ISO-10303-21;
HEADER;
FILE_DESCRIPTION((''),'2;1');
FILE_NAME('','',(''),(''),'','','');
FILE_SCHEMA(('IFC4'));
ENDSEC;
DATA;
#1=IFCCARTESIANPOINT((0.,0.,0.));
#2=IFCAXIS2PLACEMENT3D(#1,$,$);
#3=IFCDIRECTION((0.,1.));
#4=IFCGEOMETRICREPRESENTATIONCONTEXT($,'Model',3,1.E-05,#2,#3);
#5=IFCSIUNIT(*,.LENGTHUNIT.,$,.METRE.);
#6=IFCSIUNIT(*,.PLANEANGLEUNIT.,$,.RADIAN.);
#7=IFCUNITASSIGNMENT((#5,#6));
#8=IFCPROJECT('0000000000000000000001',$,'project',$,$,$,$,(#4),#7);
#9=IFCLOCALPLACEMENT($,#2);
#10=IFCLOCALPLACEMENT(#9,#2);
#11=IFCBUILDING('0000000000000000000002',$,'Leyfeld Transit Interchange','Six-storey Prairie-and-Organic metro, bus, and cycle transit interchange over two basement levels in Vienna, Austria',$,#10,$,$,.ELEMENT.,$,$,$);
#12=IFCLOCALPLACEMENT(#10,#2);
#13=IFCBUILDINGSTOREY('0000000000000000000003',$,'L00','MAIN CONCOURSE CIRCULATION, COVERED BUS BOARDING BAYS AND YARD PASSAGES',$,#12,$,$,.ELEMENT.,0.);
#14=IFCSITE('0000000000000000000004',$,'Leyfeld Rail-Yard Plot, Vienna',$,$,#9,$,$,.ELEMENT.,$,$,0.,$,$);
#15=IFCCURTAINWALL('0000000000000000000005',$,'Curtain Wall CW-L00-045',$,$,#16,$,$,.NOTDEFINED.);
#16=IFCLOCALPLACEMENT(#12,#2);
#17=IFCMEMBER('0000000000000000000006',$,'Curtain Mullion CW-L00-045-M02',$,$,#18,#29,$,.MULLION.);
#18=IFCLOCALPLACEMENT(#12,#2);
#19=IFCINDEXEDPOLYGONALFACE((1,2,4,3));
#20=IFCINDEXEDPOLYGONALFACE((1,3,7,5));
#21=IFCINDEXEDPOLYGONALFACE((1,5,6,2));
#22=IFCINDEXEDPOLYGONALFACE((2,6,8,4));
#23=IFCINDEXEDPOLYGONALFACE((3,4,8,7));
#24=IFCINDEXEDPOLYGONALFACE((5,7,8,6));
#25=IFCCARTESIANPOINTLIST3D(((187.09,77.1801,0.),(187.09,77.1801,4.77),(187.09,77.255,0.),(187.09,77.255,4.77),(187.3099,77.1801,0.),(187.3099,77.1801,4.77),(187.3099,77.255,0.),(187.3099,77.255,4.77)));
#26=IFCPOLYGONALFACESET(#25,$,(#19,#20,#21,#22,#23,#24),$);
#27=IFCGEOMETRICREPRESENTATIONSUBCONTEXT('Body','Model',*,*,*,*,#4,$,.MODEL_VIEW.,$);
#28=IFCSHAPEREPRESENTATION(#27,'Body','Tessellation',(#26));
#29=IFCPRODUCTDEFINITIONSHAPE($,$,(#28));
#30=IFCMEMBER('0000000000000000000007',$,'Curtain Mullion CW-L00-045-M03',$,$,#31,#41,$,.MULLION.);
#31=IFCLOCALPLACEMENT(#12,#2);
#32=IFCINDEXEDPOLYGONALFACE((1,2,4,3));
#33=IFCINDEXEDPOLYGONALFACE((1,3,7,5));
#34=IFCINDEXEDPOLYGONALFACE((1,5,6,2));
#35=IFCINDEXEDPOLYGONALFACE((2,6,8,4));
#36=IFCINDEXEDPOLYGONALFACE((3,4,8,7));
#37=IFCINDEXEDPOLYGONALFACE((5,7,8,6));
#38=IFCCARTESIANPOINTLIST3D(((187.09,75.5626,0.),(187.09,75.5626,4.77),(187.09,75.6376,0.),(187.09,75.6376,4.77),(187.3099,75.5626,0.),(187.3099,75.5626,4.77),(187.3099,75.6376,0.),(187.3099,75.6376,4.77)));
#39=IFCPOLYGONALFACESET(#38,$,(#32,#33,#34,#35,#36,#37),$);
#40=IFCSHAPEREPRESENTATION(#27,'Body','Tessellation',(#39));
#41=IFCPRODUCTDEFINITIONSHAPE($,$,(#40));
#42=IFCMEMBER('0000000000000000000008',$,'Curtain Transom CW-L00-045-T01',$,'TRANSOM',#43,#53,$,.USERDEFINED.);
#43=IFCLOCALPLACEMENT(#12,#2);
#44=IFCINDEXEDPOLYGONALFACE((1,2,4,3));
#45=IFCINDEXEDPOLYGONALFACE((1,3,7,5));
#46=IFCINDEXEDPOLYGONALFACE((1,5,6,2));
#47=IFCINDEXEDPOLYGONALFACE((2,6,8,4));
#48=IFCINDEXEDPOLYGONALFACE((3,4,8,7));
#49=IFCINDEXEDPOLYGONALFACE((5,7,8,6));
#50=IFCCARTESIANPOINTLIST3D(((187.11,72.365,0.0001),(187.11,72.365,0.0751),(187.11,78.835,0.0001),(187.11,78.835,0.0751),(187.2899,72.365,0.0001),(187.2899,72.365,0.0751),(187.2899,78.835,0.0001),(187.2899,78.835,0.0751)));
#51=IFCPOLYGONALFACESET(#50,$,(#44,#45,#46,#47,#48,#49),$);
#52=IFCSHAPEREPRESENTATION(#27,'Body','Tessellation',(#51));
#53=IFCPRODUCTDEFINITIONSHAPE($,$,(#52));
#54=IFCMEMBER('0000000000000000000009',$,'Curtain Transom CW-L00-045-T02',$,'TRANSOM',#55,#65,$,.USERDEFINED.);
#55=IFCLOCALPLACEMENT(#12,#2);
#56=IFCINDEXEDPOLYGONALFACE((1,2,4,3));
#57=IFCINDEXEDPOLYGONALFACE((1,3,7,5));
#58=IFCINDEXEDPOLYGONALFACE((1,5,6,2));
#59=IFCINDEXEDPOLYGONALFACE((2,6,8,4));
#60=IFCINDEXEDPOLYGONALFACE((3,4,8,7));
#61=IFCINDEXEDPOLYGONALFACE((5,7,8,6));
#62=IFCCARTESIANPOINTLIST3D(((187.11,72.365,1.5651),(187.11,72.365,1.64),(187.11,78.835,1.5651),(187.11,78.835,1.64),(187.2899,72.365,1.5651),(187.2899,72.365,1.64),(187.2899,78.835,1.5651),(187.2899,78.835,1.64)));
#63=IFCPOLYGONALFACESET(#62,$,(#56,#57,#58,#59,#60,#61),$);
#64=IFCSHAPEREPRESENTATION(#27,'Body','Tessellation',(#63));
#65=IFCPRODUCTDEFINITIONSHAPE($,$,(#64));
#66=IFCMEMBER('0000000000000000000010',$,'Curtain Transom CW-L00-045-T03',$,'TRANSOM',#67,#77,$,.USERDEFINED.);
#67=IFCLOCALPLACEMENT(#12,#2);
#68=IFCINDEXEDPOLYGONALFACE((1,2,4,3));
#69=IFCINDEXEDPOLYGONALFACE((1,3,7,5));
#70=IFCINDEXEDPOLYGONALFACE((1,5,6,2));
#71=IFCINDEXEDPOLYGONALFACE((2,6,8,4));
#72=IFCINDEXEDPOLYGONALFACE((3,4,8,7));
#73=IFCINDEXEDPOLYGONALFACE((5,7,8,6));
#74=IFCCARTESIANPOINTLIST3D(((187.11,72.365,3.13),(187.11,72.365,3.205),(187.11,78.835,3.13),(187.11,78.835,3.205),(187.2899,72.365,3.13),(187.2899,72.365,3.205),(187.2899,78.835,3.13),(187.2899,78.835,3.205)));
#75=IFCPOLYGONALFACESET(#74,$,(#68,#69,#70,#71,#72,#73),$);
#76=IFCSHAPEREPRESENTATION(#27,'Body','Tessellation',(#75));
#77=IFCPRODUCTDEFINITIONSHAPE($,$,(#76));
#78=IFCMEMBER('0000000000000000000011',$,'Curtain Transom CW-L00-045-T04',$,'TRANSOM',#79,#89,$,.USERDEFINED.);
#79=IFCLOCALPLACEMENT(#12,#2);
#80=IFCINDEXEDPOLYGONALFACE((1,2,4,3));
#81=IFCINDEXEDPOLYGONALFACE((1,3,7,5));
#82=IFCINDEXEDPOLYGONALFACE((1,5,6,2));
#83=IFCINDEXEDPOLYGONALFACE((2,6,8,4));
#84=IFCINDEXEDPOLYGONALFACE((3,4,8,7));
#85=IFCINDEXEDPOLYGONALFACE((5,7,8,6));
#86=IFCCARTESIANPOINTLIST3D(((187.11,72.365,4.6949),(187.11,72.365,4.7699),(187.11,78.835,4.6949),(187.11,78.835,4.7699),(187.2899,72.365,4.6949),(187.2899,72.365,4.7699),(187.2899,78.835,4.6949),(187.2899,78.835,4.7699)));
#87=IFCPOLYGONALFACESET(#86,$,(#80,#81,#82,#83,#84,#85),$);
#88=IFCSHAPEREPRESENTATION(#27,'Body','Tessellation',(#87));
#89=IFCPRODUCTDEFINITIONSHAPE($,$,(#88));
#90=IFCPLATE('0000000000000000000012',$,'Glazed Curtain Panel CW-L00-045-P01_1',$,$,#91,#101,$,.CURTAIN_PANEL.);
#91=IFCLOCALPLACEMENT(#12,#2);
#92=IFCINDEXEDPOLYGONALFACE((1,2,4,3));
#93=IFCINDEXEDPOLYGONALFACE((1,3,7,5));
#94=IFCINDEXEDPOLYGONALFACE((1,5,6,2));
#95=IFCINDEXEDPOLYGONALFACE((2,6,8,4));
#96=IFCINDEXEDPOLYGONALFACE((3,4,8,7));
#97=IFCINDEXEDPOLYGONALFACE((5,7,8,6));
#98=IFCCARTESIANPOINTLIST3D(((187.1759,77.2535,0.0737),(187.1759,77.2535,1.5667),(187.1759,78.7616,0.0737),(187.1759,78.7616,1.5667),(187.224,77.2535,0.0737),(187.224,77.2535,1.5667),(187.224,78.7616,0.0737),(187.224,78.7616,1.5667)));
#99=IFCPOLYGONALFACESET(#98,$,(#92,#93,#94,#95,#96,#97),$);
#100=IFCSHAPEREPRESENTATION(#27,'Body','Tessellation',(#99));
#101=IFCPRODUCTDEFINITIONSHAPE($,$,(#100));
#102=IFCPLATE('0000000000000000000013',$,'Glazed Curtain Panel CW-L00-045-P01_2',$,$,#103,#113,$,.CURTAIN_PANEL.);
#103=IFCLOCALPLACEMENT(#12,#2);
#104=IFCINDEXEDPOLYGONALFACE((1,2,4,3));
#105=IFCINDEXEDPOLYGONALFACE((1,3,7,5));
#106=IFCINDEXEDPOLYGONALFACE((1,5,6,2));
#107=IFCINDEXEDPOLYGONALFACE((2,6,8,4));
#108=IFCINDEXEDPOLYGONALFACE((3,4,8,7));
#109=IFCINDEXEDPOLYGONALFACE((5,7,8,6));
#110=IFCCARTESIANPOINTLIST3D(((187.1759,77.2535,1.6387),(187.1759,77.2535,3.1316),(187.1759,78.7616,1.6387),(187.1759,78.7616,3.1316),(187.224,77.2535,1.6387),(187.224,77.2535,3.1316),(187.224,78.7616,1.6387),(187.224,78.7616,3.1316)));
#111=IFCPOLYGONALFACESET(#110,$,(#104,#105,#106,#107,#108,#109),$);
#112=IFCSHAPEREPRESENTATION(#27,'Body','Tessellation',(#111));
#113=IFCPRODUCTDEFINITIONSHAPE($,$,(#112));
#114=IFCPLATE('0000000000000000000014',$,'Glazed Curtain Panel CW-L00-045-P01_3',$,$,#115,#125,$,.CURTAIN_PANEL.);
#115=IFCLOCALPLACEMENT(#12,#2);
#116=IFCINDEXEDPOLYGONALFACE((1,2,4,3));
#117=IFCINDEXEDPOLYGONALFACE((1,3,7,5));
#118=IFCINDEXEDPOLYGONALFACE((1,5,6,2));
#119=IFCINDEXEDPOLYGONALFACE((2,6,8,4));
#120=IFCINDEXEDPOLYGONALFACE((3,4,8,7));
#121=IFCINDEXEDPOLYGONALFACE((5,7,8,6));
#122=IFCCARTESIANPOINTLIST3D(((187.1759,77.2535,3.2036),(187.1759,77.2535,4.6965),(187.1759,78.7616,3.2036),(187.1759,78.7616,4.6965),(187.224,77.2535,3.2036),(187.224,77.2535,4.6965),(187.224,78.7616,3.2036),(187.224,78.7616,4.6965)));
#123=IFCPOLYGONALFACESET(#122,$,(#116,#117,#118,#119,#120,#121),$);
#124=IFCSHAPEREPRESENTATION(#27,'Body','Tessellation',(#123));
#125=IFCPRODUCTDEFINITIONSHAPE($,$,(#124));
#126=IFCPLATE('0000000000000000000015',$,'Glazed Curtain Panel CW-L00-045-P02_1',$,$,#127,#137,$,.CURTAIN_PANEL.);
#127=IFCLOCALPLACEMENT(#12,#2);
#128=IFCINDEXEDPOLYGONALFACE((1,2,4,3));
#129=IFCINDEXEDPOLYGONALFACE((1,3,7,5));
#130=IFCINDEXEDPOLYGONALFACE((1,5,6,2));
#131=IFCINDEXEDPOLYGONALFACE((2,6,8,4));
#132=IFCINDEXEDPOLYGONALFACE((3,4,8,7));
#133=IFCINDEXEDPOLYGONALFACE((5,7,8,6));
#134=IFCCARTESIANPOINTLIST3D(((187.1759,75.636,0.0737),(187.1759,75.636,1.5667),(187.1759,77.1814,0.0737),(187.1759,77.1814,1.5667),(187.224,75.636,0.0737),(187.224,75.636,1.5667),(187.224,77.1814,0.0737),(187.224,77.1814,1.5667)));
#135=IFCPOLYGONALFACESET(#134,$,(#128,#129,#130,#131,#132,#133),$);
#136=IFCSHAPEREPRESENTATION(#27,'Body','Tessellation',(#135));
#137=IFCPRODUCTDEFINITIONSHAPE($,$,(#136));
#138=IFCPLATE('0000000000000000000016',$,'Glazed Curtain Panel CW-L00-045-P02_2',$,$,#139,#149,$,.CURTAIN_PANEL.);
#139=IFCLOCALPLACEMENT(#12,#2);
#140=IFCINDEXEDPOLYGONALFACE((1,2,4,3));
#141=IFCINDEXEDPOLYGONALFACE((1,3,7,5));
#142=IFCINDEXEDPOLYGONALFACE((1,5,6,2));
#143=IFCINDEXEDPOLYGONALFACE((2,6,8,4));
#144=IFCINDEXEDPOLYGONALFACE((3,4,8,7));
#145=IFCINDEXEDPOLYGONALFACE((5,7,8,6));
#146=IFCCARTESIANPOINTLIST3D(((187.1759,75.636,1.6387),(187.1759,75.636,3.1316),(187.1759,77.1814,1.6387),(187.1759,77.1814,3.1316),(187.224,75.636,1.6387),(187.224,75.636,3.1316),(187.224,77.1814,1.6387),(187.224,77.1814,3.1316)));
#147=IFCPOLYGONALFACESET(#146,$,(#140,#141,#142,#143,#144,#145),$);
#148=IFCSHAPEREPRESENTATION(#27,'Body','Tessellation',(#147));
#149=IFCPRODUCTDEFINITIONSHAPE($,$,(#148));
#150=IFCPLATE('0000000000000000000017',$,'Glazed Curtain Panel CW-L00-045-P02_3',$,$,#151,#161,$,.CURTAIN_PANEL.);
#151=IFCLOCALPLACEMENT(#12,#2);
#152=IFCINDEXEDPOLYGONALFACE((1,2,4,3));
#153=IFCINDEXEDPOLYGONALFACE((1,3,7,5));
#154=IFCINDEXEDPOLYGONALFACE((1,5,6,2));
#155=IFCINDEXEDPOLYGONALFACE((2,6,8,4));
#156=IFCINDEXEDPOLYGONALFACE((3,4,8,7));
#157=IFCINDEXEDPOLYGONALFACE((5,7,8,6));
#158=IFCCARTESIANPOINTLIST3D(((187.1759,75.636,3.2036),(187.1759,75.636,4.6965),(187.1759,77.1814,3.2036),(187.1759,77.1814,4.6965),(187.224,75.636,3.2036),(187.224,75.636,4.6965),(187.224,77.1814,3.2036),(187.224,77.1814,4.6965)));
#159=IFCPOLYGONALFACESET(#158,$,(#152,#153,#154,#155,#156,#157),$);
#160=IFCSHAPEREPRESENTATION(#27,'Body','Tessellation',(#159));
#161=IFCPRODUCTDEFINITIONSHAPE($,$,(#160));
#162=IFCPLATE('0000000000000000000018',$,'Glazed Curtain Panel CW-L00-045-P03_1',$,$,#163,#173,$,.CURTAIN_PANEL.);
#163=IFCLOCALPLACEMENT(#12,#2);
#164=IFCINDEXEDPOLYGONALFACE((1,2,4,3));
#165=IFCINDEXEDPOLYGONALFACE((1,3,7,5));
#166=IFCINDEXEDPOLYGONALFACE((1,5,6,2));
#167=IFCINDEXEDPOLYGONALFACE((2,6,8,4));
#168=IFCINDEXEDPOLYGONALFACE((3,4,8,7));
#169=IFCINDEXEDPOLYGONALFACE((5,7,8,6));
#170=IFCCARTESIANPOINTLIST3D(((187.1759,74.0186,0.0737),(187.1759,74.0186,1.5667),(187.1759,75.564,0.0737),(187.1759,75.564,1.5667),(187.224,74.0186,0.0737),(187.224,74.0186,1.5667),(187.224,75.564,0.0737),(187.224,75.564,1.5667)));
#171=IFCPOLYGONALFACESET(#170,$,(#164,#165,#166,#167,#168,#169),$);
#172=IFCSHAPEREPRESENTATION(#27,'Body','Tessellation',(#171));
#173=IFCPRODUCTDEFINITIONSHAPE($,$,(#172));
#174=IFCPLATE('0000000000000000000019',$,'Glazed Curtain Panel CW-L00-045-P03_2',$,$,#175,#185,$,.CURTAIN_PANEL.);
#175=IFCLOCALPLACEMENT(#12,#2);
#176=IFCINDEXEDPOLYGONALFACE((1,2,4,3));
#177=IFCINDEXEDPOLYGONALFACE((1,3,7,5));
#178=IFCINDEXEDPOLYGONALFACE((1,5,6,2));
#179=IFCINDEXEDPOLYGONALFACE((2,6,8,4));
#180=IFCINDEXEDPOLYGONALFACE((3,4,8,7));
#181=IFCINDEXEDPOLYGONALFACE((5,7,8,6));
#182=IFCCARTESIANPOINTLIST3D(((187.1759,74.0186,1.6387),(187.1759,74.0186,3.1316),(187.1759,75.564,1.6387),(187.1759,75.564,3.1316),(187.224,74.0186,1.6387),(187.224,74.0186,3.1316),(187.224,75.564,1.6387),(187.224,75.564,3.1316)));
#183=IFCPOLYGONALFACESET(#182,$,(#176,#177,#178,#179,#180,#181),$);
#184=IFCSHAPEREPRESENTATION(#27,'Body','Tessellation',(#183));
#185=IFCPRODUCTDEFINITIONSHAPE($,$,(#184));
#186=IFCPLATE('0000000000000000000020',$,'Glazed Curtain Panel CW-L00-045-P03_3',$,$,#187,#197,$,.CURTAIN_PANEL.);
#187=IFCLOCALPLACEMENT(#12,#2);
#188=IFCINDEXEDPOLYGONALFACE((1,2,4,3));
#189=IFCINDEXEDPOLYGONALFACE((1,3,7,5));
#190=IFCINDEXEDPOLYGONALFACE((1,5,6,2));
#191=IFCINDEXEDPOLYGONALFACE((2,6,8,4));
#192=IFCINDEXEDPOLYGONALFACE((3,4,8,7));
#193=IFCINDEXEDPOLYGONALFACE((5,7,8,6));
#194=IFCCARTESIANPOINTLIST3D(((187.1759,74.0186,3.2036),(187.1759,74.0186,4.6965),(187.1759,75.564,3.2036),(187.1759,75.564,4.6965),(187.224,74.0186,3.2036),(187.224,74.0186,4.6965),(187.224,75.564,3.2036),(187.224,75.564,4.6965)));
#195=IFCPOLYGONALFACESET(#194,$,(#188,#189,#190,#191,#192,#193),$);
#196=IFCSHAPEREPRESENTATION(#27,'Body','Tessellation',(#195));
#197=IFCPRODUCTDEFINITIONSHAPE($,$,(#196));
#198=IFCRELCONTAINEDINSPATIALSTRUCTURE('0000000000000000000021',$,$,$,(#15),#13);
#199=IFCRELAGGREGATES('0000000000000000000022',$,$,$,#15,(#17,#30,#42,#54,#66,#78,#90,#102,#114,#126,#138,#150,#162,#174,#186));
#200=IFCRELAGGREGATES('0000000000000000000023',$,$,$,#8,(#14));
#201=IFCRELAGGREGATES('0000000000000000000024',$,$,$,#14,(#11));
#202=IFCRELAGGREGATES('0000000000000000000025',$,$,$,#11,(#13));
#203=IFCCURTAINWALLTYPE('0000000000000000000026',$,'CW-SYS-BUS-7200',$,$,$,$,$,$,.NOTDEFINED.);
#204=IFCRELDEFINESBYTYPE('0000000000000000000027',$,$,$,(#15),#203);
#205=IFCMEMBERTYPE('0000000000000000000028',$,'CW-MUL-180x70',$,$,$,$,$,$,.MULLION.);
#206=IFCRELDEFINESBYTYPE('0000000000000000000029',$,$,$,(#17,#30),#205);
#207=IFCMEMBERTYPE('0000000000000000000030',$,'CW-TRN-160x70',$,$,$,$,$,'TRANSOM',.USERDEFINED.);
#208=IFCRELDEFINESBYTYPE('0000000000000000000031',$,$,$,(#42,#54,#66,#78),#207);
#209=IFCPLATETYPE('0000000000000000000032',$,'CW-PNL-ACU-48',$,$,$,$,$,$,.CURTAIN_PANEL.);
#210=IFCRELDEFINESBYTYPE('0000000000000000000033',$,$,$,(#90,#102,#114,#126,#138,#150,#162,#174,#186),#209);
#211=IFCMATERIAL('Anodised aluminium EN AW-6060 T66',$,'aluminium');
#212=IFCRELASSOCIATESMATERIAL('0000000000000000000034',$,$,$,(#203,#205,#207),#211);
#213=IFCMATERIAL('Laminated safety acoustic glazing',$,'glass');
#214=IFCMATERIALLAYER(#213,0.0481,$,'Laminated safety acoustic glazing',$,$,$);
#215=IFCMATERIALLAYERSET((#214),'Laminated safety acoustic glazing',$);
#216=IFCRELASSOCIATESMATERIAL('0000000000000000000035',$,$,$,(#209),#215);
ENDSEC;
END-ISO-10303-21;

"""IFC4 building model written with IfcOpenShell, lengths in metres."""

from ifc_helpers import new_model, si_unit, direction, frame, origin, origin_2d, place, context, subcontext, project, spatial, rectangle, extrude, material, layer, layer_set, material_profile, profile_set, type_object, element, aggregate, save


model = new_model("IFC4")

# Units and contexts
model_context = context("Model", 3, precision=1e-05, world=origin(), true_north=direction((0.0, 1.0)))
body_context = subcontext(model_context, "Body", "Model", "MODEL_VIEW")
ifc_project = project(units=[si_unit("LENGTHUNIT", "METRE"), si_unit("PLANEANGLEUNIT", "RADIAN")], contexts=[model_context])

# Site, building, storey
site_placement = place(None, origin())
site = spatial("IfcSite", under=ifc_project, at=site_placement, Name="Leyfeld Rail-Yard Plot, Vienna", CompositionType="ELEMENT", RefElevation=0.0)
building_placement = place(site_placement, origin())
building = spatial("IfcBuilding", under=site, at=building_placement, Name="Leyfeld Transit Interchange", Description="Six-storey Prairie-and-Organic metro, bus, and cycle transit interchange over two basement levels in Vienna, Austria", CompositionType="ELEMENT")
storey_placement = place(building_placement, origin())
storey = spatial("IfcBuildingStorey", under=building, at=storey_placement, Name="L00", Description="MAIN CONCOURSE CIRCULATION, COVERED BUS BOARDING BAYS AND YARD PASSAGES", CompositionType="ELEMENT", Elevation=0.0)

# Curtain wall, members, plates
ifc_material_1 = material(Name="Anodised aluminium EN AW-6060 T66", Category="aluminium")
curtain_wall_type = type_object("IfcCurtainWallType", Name="CW-SYS-BUS-7200", PredefinedType="NOTDEFINED", material=ifc_material_1)
curtain_wall_placement = place(storey_placement, origin())
curtain_wall = element("IfcCurtainWall", 1, at=curtain_wall_placement, inside=storey, type_object=curtain_wall_type, Name="Curtain Wall CW-L00-045", PredefinedType="NOTDEFINED")
ifc_material_profile_1 = material_profile(ifc_material_1, rectangle(XDim=0.075, YDim=0.22, at=origin_2d()), Name="CW-M 75x220")
ifc_profile_set_1 = profile_set([ifc_material_profile_1], Name="Anodised aluminium EN AW-6060 T66")
member_type_1 = type_object("IfcMemberType", Name="CW-MUL-180x70", PredefinedType="MULLION", material=ifc_profile_set_1)
member_1_placement = place(storey_placement, frame((187.2, 77.2175, 0.0), z_axis=(0.0, 0.0, 1.0), x_axis=(0.0, -1.0, 0.0)))
member_1 = element("IfcMember", 2, at=member_1_placement, type_object=member_type_1, Name="Curtain Mullion CW-L00-045-M02", PredefinedType="MULLION", context=body_context, shape_type="SweptSolid", body=[
    extrude(rectangle(XDim=0.075, YDim=0.22, at=origin_2d()), origin(), (0.0, 0.0, 1.0), 4.77),
])
member_2_placement = place(storey_placement, frame((187.2, 75.6001, 0.0), z_axis=(0.0, 0.0, 1.0), x_axis=(0.0, -1.0, 0.0)))
member_2 = element("IfcMember", 3, at=member_2_placement, type_object=member_type_1, Name="Curtain Mullion CW-L00-045-M03", PredefinedType="MULLION", context=body_context, shape_type="SweptSolid", body=[
    extrude(rectangle(XDim=0.075, YDim=0.22, at=origin_2d()), origin(), (0.0, 0.0, 1.0), 4.77),
])
ifc_material_profile_2 = material_profile(ifc_material_1, rectangle(XDim=0.1799, YDim=0.075, at=origin_2d()), Name="CW-TRN-160x70")
ifc_profile_set_2 = profile_set([ifc_material_profile_2], Name="Anodised aluminium EN AW-6060 T66")
member_type_2 = type_object("IfcMemberType", Name="CW-TRN-160x70", ElementType="TRANSOM", PredefinedType="USERDEFINED", material=ifc_profile_set_2)
member_3_placement = place(storey_placement, frame((187.2, 78.835, 0.0376), z_axis=(0.0, -1.0, 0.0), x_axis=(1.0, 0.0, 0.0)))
member_3 = element("IfcMember", 4, at=member_3_placement, type_object=member_type_2, Name="Curtain Transom CW-L00-045-T01", ObjectType="TRANSOM", PredefinedType="USERDEFINED", context=body_context, shape_type="SweptSolid", body=[
    extrude(rectangle(XDim=0.1799, YDim=0.075, at=origin_2d()), origin(), (0.0, 0.0, 1.0), 6.47),
])
member_4_placement = place(storey_placement, frame((187.2, 78.835, 1.6025), z_axis=(0.0, -1.0, 0.0), x_axis=(1.0, 0.0, 0.0)))
member_4 = element("IfcMember", 5, at=member_4_placement, type_object=member_type_2, Name="Curtain Transom CW-L00-045-T02", ObjectType="TRANSOM", PredefinedType="USERDEFINED", context=body_context, shape_type="SweptSolid", body=[
    extrude(rectangle(XDim=0.1799, YDim=0.075, at=origin_2d()), origin(), (0.0, 0.0, 1.0), 6.47),
])
member_5_placement = place(storey_placement, frame((187.2, 78.835, 3.1675), z_axis=(0.0, -1.0, 0.0), x_axis=(1.0, 0.0, 0.0)))
member_5 = element("IfcMember", 6, at=member_5_placement, type_object=member_type_2, Name="Curtain Transom CW-L00-045-T03", ObjectType="TRANSOM", PredefinedType="USERDEFINED", context=body_context, shape_type="SweptSolid", body=[
    extrude(rectangle(XDim=0.1799, YDim=0.075, at=origin_2d()), origin(), (0.0, 0.0, 1.0), 6.47),
])
member_6_placement = place(storey_placement, frame((187.2, 78.835, 4.7324), z_axis=(0.0, -1.0, 0.0), x_axis=(1.0, 0.0, 0.0)))
member_6 = element("IfcMember", 7, at=member_6_placement, type_object=member_type_2, Name="Curtain Transom CW-L00-045-T04", ObjectType="TRANSOM", PredefinedType="USERDEFINED", context=body_context, shape_type="SweptSolid", body=[
    extrude(rectangle(XDim=0.1799, YDim=0.075, at=origin_2d()), origin(), (0.0, 0.0, 1.0), 6.47),
])
ifc_material_2 = material(Name="Laminated safety acoustic glazing", Category="glass")
ifc_layer = layer(ifc_material_2, 0.0481, Name="Laminated safety acoustic glazing")
ifc_layer_set = layer_set([ifc_layer], Name="Laminated safety acoustic glazing")
plate_type = type_object("IfcPlateType", Name="CW-PNL-ACU-48", PredefinedType="CURTAIN_PANEL", material=ifc_layer_set)
plate_1_placement = place(storey_placement, frame((187.2, 78.0076, 0.0737), z_axis=(0.0, 0.0, 1.0), x_axis=(0.0, -1.0, 0.0)))
plate_1 = element("IfcPlate", 8, at=plate_1_placement, type_object=plate_type, Name="Glazed Curtain Panel CW-L00-045-P01_1", PredefinedType="CURTAIN_PANEL", context=body_context, shape_type="SweptSolid", body=[
    extrude(rectangle(XDim=1.5081, YDim=0.0481, at=origin_2d()), origin(), (0.0, 0.0, 1.0), 1.4929),
])
plate_2_placement = place(storey_placement, frame((187.2, 78.0076, 1.6387), z_axis=(0.0, 0.0, 1.0), x_axis=(0.0, -1.0, 0.0)))
plate_2 = element("IfcPlate", 9, at=plate_2_placement, type_object=plate_type, Name="Glazed Curtain Panel CW-L00-045-P01_2", PredefinedType="CURTAIN_PANEL", context=body_context, shape_type="SweptSolid", body=[
    extrude(rectangle(XDim=1.5081, YDim=0.0481, at=origin_2d()), origin(), (0.0, 0.0, 1.0), 1.4929),
])
plate_3_placement = place(storey_placement, frame((187.2, 78.0076, 3.2036), z_axis=(0.0, 0.0, 1.0), x_axis=(0.0, -1.0, 0.0)))
plate_3 = element("IfcPlate", 10, at=plate_3_placement, type_object=plate_type, Name="Glazed Curtain Panel CW-L00-045-P01_3", PredefinedType="CURTAIN_PANEL", context=body_context, shape_type="SweptSolid", body=[
    extrude(rectangle(XDim=1.5081, YDim=0.0481, at=origin_2d()), origin(), (0.0, 0.0, 1.0), 1.4929),
])
plate_4_placement = place(storey_placement, frame((187.2, 76.4087, 0.0737), z_axis=(0.0, 0.0, 1.0), x_axis=(0.0, -1.0, 0.0)))
plate_4 = element("IfcPlate", 11, at=plate_4_placement, type_object=plate_type, Name="Glazed Curtain Panel CW-L00-045-P02_1", PredefinedType="CURTAIN_PANEL", context=body_context, shape_type="SweptSolid", body=[
    extrude(rectangle(XDim=1.5454, YDim=0.0481, at=origin_2d()), origin(), (0.0, 0.0, 1.0), 1.4929),
])
plate_5_placement = place(storey_placement, frame((187.2, 76.4087, 1.6387), z_axis=(0.0, 0.0, 1.0), x_axis=(0.0, -1.0, 0.0)))
plate_5 = element("IfcPlate", 12, at=plate_5_placement, type_object=plate_type, Name="Glazed Curtain Panel CW-L00-045-P02_2", PredefinedType="CURTAIN_PANEL", context=body_context, shape_type="SweptSolid", body=[
    extrude(rectangle(XDim=1.5454, YDim=0.0481, at=origin_2d()), origin(), (0.0, 0.0, 1.0), 1.4929),
])
plate_6_placement = place(storey_placement, frame((187.2, 76.4087, 3.2036), z_axis=(0.0, 0.0, 1.0), x_axis=(0.0, -1.0, 0.0)))
plate_6 = element("IfcPlate", 13, at=plate_6_placement, type_object=plate_type, Name="Glazed Curtain Panel CW-L00-045-P02_3", PredefinedType="CURTAIN_PANEL", context=body_context, shape_type="SweptSolid", body=[
    extrude(rectangle(XDim=1.5454, YDim=0.0481, at=origin_2d()), origin(), (0.0, 0.0, 1.0), 1.4929),
])
plate_7_placement = place(storey_placement, frame((187.2, 74.7913, 0.0737), z_axis=(0.0, 0.0, 1.0), x_axis=(0.0, -1.0, 0.0)))
plate_7 = element("IfcPlate", 14, at=plate_7_placement, type_object=plate_type, Name="Glazed Curtain Panel CW-L00-045-P03_1", PredefinedType="CURTAIN_PANEL", context=body_context, shape_type="SweptSolid", body=[
    extrude(rectangle(XDim=1.5454, YDim=0.0481, at=origin_2d()), origin(), (0.0, 0.0, 1.0), 1.4929),
])
plate_8_placement = place(storey_placement, frame((187.2, 74.7913, 1.6387), z_axis=(0.0, 0.0, 1.0), x_axis=(0.0, -1.0, 0.0)))
plate_8 = element("IfcPlate", 15, at=plate_8_placement, type_object=plate_type, Name="Glazed Curtain Panel CW-L00-045-P03_2", PredefinedType="CURTAIN_PANEL", context=body_context, shape_type="SweptSolid", body=[
    extrude(rectangle(XDim=1.5454, YDim=0.0481, at=origin_2d()), origin(), (0.0, 0.0, 1.0), 1.4929),
])
plate_9_placement = place(storey_placement, frame((187.2, 74.7913, 3.2036), z_axis=(0.0, 0.0, 1.0), x_axis=(0.0, -1.0, 0.0)))
plate_9 = element("IfcPlate", 16, at=plate_9_placement, type_object=plate_type, Name="Glazed Curtain Panel CW-L00-045-P03_3", PredefinedType="CURTAIN_PANEL", context=body_context, shape_type="SweptSolid", body=[
    extrude(rectangle(XDim=1.5454, YDim=0.0481, at=origin_2d()), origin(), (0.0, 0.0, 1.0), 1.4929),
])
aggregate(curtain_wall, [member_1, member_2, member_3, member_4, member_5, member_6, plate_1, plate_2, plate_3, plate_4, plate_5, plate_6, plate_7, plate_8, plate_9])

save(model, "model.ifc")
